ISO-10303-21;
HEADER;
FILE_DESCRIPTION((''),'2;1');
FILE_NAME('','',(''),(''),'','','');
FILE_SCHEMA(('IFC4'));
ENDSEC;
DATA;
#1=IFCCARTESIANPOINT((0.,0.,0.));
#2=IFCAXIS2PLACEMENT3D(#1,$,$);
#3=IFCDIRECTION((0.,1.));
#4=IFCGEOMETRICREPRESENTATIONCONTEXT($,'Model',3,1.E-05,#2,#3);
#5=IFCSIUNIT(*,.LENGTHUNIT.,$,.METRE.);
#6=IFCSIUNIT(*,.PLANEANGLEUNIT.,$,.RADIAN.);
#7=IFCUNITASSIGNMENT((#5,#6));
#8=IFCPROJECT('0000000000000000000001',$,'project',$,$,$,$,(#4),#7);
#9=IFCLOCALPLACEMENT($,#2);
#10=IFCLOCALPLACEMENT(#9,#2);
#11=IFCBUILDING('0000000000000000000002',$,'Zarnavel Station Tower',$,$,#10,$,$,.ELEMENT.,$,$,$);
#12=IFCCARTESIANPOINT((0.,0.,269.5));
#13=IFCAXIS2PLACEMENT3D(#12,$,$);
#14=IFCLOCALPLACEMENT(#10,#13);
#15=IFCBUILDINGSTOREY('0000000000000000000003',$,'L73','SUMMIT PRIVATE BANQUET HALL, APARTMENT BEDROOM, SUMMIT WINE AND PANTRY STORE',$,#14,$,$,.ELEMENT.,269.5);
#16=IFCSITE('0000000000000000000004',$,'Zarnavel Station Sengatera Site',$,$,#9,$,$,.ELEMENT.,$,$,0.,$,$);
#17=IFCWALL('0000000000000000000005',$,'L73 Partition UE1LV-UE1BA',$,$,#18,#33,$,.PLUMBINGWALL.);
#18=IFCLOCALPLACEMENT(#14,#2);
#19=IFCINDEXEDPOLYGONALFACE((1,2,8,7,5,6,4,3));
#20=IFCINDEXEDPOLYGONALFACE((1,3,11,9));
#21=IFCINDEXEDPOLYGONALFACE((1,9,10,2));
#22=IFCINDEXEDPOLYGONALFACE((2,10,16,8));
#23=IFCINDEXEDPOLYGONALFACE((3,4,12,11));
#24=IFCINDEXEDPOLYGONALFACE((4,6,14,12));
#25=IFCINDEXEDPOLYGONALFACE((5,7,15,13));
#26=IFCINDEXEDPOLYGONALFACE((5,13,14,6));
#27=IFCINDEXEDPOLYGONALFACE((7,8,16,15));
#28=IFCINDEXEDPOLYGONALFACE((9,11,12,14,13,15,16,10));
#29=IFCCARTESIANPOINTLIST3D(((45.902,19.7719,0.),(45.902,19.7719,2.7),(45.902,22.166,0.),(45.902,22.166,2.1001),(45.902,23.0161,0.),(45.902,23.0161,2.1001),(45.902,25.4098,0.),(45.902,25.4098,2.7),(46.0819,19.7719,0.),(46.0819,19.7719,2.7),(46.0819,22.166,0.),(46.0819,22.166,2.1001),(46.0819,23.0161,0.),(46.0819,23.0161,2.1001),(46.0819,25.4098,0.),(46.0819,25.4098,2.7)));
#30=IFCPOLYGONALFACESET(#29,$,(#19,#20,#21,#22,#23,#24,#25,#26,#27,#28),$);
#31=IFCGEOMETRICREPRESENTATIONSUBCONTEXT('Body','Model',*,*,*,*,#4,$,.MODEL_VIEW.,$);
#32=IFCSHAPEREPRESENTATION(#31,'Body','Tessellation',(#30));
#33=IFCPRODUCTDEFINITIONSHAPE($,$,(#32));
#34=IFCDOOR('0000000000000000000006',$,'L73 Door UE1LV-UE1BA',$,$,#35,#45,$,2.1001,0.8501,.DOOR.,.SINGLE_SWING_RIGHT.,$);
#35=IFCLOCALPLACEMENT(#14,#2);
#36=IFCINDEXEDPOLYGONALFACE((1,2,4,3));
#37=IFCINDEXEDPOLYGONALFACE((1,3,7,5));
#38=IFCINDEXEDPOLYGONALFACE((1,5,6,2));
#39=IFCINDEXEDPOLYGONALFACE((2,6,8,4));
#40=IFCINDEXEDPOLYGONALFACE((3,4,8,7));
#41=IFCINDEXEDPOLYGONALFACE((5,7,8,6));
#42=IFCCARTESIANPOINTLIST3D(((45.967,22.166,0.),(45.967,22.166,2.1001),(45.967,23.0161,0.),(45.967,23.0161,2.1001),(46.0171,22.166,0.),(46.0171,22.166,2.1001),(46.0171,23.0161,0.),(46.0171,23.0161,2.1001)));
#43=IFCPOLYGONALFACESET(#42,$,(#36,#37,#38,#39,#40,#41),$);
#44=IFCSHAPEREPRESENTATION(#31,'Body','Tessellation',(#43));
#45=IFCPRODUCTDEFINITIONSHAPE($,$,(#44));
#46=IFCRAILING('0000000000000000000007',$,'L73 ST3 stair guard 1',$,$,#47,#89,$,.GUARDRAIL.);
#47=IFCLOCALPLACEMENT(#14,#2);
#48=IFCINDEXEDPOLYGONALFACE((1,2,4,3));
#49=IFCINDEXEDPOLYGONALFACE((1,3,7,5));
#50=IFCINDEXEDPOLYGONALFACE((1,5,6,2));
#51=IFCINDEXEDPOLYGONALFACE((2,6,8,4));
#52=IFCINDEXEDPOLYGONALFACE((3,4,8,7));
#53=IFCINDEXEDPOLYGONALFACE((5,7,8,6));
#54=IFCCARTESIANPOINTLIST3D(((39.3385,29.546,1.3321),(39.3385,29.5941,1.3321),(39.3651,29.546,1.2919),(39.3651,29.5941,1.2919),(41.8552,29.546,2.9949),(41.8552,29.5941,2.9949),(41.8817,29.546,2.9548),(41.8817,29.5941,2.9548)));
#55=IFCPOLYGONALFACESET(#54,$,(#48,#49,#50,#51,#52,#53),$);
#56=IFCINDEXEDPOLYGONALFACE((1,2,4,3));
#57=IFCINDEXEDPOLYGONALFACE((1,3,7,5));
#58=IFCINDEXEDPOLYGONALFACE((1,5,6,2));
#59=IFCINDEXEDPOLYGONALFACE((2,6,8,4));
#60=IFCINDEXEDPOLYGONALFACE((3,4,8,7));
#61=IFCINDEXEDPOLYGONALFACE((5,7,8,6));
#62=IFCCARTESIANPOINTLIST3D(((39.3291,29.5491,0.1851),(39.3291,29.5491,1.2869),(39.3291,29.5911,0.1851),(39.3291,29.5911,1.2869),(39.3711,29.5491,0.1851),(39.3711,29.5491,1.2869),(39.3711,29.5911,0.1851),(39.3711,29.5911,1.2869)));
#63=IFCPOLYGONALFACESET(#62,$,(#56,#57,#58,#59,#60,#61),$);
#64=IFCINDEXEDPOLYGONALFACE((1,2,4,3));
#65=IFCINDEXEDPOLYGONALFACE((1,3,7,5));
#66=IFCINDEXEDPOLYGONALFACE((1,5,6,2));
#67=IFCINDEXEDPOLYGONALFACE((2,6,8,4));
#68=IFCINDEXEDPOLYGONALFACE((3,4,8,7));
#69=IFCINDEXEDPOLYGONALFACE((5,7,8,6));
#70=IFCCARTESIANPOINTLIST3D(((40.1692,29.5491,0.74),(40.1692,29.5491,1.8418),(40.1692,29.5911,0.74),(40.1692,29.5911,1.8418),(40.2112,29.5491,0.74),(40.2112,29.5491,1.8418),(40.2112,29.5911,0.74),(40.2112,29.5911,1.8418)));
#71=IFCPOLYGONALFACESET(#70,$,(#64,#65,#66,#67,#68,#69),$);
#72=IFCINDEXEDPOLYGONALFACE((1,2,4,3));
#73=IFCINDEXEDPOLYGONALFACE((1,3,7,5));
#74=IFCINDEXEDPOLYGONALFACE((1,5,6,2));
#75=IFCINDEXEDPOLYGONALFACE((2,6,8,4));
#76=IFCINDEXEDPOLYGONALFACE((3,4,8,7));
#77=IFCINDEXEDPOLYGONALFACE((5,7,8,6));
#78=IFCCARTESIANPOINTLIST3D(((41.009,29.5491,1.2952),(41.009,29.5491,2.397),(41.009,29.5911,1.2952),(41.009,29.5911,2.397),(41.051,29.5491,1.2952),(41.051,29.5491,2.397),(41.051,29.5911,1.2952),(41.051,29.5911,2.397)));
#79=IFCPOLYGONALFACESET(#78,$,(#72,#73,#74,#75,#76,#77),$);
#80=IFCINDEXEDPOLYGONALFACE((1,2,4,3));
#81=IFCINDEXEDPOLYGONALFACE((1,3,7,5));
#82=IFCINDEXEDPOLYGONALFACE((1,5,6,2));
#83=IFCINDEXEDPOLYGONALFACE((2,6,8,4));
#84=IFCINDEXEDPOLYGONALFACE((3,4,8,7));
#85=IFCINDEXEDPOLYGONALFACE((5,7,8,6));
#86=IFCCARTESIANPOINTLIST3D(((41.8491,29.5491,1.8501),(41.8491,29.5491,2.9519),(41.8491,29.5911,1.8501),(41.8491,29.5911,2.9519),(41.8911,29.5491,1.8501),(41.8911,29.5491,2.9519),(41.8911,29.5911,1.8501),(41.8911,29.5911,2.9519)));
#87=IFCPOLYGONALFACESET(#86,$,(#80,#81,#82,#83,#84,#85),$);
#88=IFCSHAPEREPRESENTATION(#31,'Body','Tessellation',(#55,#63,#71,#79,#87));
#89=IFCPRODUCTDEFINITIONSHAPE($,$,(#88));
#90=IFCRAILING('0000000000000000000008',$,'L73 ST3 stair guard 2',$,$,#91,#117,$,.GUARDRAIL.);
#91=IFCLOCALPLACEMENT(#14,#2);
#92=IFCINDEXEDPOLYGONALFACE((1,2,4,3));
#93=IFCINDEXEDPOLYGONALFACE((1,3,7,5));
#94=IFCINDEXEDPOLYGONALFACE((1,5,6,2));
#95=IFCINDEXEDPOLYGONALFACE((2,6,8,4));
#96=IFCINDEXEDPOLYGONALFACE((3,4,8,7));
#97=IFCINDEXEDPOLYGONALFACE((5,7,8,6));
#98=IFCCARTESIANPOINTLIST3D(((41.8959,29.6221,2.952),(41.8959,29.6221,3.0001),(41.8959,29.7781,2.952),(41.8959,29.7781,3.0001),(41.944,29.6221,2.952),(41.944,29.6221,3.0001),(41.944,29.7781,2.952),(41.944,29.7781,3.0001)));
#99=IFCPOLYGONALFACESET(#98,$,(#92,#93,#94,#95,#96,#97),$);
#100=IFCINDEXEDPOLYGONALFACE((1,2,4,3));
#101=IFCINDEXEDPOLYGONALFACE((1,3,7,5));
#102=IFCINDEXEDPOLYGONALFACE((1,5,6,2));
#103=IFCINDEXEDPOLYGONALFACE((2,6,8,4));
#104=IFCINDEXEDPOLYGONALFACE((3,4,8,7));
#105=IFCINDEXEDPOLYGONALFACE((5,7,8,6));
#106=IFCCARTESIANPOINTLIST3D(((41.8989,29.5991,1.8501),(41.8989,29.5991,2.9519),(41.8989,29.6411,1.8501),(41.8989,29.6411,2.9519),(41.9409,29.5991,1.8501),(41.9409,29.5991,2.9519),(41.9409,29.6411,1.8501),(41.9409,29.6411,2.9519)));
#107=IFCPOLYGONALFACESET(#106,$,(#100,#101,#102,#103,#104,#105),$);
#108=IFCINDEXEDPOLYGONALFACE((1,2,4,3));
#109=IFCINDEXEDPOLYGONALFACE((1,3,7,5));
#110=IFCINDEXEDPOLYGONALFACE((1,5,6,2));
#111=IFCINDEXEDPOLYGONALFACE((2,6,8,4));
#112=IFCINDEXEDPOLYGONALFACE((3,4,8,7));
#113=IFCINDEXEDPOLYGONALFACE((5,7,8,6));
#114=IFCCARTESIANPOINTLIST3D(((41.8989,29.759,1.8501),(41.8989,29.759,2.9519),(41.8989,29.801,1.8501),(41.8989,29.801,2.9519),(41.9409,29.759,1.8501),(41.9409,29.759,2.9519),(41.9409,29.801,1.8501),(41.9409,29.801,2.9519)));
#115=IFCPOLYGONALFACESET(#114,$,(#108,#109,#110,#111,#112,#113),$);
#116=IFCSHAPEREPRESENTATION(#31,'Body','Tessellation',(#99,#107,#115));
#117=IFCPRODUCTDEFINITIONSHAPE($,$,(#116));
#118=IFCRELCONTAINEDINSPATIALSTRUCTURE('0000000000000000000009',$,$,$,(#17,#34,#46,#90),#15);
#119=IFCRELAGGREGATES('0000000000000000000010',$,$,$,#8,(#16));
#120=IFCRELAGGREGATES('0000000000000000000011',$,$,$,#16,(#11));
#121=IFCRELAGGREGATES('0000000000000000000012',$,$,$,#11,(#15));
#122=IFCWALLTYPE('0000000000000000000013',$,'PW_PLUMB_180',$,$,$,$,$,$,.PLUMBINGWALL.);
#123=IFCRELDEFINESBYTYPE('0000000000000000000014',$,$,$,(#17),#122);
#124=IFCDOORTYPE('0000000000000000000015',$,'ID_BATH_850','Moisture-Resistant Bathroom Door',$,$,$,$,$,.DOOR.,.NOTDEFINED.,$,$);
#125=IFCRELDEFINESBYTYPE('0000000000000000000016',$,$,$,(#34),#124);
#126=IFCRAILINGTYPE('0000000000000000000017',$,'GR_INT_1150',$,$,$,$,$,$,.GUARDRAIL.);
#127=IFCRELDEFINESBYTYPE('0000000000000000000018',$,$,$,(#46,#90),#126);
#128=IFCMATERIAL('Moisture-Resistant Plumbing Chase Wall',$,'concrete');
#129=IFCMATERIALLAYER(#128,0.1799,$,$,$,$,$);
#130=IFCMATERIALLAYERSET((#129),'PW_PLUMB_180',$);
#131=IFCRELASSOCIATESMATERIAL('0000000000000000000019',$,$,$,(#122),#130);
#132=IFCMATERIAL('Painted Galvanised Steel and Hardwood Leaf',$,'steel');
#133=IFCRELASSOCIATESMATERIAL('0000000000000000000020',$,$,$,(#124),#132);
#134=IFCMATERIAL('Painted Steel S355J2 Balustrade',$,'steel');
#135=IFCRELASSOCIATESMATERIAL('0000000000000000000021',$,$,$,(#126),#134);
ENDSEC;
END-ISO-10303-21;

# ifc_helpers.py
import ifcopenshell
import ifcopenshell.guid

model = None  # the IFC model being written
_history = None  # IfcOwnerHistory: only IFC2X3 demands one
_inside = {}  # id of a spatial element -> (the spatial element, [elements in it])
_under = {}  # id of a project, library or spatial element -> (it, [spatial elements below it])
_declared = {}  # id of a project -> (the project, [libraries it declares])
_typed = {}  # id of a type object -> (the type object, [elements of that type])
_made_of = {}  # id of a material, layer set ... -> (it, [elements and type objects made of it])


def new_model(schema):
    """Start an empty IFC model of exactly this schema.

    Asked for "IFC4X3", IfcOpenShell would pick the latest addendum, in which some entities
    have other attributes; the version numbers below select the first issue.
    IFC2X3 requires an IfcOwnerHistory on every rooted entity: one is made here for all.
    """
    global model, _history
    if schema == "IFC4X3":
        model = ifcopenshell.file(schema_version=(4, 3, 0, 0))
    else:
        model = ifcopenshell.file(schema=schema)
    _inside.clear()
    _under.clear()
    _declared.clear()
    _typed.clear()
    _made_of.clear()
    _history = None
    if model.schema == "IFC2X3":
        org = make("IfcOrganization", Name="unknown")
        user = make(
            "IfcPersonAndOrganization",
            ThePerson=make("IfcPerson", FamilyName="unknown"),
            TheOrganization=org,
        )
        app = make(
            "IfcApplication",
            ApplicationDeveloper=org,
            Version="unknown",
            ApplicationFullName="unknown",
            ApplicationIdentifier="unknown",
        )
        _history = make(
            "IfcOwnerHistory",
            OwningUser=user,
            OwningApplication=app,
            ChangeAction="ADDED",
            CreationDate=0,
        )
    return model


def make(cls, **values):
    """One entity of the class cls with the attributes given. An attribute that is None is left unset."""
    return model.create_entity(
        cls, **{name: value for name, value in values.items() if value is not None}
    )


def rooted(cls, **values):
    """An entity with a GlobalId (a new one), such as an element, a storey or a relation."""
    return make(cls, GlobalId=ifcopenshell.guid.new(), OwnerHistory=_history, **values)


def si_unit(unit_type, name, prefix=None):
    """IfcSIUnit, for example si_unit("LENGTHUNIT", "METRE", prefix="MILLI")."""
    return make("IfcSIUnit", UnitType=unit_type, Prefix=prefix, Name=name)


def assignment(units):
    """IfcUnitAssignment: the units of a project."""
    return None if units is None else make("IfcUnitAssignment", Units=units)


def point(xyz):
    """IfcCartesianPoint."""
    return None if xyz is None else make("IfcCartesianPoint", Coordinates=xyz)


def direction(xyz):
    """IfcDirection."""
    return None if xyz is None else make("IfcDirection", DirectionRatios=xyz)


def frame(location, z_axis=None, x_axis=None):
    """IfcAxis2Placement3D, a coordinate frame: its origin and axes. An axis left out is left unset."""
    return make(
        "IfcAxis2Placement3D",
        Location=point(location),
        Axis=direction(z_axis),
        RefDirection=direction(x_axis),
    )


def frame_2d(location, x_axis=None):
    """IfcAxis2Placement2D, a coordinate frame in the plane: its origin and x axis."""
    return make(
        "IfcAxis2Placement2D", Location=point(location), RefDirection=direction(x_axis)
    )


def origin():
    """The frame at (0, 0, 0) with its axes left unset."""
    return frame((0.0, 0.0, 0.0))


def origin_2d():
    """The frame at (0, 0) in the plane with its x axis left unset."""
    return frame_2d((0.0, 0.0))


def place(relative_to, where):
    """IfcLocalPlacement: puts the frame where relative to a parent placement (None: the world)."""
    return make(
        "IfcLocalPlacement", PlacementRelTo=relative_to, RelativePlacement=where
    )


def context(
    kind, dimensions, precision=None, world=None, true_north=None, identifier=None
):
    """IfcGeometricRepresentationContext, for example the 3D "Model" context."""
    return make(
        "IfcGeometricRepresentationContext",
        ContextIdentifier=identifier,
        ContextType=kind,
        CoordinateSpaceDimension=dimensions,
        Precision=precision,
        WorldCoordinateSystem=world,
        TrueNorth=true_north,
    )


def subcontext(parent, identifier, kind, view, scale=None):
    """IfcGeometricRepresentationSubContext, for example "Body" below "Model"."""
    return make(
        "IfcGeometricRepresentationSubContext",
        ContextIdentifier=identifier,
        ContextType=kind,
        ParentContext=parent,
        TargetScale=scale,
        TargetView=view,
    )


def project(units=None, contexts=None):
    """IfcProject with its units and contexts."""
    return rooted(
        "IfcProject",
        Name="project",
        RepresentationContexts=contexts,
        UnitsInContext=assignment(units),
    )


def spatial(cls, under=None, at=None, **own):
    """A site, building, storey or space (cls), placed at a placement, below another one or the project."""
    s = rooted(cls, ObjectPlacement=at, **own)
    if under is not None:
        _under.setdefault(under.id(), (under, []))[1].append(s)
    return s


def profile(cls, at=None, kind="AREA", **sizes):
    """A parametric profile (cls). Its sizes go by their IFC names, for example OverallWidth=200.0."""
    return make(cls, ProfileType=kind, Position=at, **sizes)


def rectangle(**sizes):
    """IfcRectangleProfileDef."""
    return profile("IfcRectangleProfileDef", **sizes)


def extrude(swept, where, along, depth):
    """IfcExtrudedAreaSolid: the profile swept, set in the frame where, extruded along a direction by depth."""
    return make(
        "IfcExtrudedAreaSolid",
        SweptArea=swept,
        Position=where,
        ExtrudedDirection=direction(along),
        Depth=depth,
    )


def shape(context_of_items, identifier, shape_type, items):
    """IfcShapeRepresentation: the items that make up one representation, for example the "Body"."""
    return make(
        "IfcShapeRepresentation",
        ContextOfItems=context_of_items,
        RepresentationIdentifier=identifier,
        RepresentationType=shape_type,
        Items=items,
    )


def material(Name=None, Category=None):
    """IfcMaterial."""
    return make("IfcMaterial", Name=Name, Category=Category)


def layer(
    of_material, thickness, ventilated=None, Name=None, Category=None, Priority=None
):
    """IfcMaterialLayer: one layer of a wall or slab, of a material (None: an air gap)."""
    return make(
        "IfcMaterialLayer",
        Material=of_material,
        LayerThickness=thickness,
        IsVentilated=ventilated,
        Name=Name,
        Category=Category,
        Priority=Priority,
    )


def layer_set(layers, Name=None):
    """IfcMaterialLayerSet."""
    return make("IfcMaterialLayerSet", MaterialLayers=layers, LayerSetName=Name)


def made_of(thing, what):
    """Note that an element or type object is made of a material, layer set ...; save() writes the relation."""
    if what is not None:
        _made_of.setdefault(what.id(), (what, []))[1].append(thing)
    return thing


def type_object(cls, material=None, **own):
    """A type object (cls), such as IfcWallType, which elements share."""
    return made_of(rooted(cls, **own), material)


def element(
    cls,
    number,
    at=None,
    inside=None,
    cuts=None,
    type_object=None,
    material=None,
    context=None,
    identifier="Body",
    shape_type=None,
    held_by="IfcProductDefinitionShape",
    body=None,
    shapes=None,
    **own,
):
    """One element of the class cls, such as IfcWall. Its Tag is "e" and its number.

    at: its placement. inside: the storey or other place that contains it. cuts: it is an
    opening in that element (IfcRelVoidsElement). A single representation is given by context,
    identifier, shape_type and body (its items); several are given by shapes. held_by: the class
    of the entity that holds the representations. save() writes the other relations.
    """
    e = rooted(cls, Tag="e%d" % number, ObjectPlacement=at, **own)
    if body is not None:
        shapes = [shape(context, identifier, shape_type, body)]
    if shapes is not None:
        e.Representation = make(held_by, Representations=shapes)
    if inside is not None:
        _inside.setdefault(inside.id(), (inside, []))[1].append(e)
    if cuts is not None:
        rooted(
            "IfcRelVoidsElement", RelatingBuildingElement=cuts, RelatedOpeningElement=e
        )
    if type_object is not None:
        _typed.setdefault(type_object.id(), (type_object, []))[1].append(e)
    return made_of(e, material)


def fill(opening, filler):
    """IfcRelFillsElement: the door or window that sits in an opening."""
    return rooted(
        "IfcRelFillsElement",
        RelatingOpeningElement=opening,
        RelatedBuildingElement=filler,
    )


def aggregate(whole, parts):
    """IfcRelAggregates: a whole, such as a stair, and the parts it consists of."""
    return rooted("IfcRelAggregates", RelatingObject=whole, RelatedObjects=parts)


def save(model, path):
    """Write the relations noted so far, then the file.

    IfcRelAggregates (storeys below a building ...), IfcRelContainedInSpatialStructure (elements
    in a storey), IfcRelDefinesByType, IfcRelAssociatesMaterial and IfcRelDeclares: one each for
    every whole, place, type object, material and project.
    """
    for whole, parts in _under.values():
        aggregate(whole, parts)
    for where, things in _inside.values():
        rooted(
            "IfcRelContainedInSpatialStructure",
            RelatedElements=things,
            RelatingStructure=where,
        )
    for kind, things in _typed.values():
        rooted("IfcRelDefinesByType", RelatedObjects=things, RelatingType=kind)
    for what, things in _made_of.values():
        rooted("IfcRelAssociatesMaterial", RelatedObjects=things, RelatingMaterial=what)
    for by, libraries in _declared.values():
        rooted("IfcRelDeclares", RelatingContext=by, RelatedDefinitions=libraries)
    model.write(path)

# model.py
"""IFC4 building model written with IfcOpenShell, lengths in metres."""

from ifc_helpers import new_model, si_unit, direction, frame, frame_2d, origin, origin_2d, place, context, subcontext, project, spatial, rectangle, extrude, material, layer, layer_set, type_object, element, fill, save


model = new_model("IFC4")

# Units and contexts
model_context = context("Model", 3, precision=1e-05, world=origin(), true_north=direction((0.0, 1.0)))
body_context = subcontext(model_context, "Body", "Model", "MODEL_VIEW")
ifc_project = project(units=[si_unit("LENGTHUNIT", "METRE"), si_unit("PLANEANGLEUNIT", "RADIAN")], contexts=[model_context])

# Site, building, storey
site_placement = place(None, origin())
site = spatial("IfcSite", under=ifc_project, at=site_placement, Name="Zarnavel Station Sengatera Site", CompositionType="ELEMENT", RefElevation=0.0)
building_placement = place(site_placement, origin())
building = spatial("IfcBuilding", under=site, at=building_placement, Name="Zarnavel Station Tower", CompositionType="ELEMENT")
storey_placement = place(building_placement, frame((0.0, 0.0, 269.5)))
storey = spatial("IfcBuildingStorey", under=building, at=storey_placement, Name="L73", Description="SUMMIT PRIVATE BANQUET HALL, APARTMENT BEDROOM, SUMMIT WINE AND PANTRY STORE", CompositionType="ELEMENT", Elevation=269.5)

# Shared definitions
ifc_material_1 = material(Name="Moisture-Resistant Plumbing Chase Wall", Category="concrete")
ifc_layer_1 = layer(ifc_material_1, 0.1799)
ifc_layer_set_1 = layer_set([ifc_layer_1], Name="PW_PLUMB_180")
wall_type_1 = type_object("IfcWallType", Name="PW_PLUMB_180", PredefinedType="PLUMBINGWALL", material=ifc_layer_set_1)

# Wall, opening, door
wall_1_placement = place(storey_placement, frame((45.9919, 19.772, 0.0), z_axis=(0.0, 0.0, 1.0), x_axis=(0.0, 1.0, 0.0)))
wall_1 = element("IfcWall", 1, at=wall_1_placement, inside=storey, type_object=wall_type_1, Name="L73 Partition UE1LV-UE1BA", PredefinedType="PLUMBINGWALL", context=body_context, shape_type="SweptSolid", body=[
    extrude(rectangle(XDim=5.6379, YDim=0.1799, at=frame_2d((2.8188, 0.0))), origin(), (0.0, 0.0, 1.0), 2.7),
])
opening_1_placement = place(wall_1_placement, frame((2.394, 0.0, 0.0)))
opening_1 = element("IfcOpeningElement", 2, at=opening_1_placement, cuts=wall_1, PredefinedType="OPENING", context=body_context, shape_type="SweptSolid", body=[
    extrude(rectangle(XDim=0.8501, YDim=2.1001, at=frame_2d((0.425, 1.05))), frame((0.0, 0.0999, 0.0), z_axis=(0.0, -1.0, 0.0), x_axis=(1.0, 0.0, 0.0)), (0.0, 0.0, 1.0), 0.2),
])
ifc_material_2 = material(Name="Painted Galvanised Steel and Hardwood Leaf", Category="steel")
door_type_1 = type_object("IfcDoorType", Name="ID_BATH_850", Description="Moisture-Resistant Bathroom Door", OperationType="NOTDEFINED", PredefinedType="DOOR", material=ifc_material_2)
door_1_placement = place(opening_1_placement, origin())
door_1 = element("IfcDoor", 3, at=door_1_placement, inside=storey, type_object=door_type_1, Name="L73 Door UE1LV-UE1BA", OperationType="SINGLE_SWING_RIGHT", OverallHeight=2.1001, OverallWidth=0.8501, PredefinedType="DOOR", context=body_context, shape_type="SweptSolid", body=[
    extrude(rectangle(XDim=0.8501, YDim=2.1001, at=frame_2d((0.425, 1.05))), frame((0.0, 0.0249, 0.0), z_axis=(0.0, -1.0, 0.0), x_axis=(1.0, 0.0, 0.0)), (0.0, 0.0, 1.0), 0.05),
])
fill(opening_1, door_1)

# Railings
ifc_material_3 = material(Name="Painted Steel S355J2 Balustrade", Category="steel")
railing_type = type_object("IfcRailingType", Name="GR_INT_1150", PredefinedType="GUARDRAIL", material=ifc_material_3)
railing_1_placement = place(storey_placement, frame((39.3501, 29.5701, 0.1851)))
element("IfcRailing", 4, at=railing_1_placement, inside=storey, type_object=railing_type, Name="L73 ST3 stair guard 1", PredefinedType="GUARDRAIL", context=body_context, shape_type="SweptSolid", body=[
    extrude(rectangle(XDim=0.0481, YDim=0.0481, at=origin_2d()), frame((0.0017, 0.0, 1.127), z_axis=(0.834331, 0.0, 0.551263), x_axis=(0.0, 1.0, 0.0)), (0.0, 0.0, 1.0), 3.0164),
    extrude(rectangle(XDim=0.042, YDim=0.042, at=origin_2d()), origin(), (0.0, 0.0, 1.0), 1.1018),
    extrude(rectangle(XDim=0.042, YDim=0.042, at=origin_2d()), frame((0.8401, 0.0, 0.5549)), (0.0, 0.0, 1.0), 1.1018),
    extrude(rectangle(XDim=0.042, YDim=0.042, at=origin_2d()), frame((1.6799, 0.0, 1.1101)), (0.0, 0.0, 1.0), 1.1018),
    extrude(rectangle(XDim=0.042, YDim=0.042, at=origin_2d()), frame((2.52, 0.0, 1.665)), (0.0, 0.0, 1.0), 1.1018),
])
railing_2_placement = place(storey_placement, frame((41.9199, 29.6201, 1.8501)))
element("IfcRailing", 5, at=railing_2_placement, inside=storey, type_object=railing_type, Name="L73 ST3 stair guard 2", PredefinedType="GUARDRAIL", context=body_context, shape_type="SweptSolid", body=[
    extrude(rectangle(XDim=0.0481, YDim=0.0481, at=origin_2d()), frame((0.0, 0.002, 1.126), z_axis=(0.0, 1.0, 0.0), x_axis=(-1.0, 0.0, 0.0)), (0.0, 0.0, 1.0), 0.156),
    extrude(rectangle(XDim=0.042, YDim=0.042, at=origin_2d()), origin(), (0.0, 0.0, 1.0), 1.1018),
    extrude(rectangle(XDim=0.042, YDim=0.042, at=origin_2d()), frame((0.0, 0.1599, 0.0)), (0.0, 0.0, 1.0), 1.1018),
])

save(model, "model.ifc")
